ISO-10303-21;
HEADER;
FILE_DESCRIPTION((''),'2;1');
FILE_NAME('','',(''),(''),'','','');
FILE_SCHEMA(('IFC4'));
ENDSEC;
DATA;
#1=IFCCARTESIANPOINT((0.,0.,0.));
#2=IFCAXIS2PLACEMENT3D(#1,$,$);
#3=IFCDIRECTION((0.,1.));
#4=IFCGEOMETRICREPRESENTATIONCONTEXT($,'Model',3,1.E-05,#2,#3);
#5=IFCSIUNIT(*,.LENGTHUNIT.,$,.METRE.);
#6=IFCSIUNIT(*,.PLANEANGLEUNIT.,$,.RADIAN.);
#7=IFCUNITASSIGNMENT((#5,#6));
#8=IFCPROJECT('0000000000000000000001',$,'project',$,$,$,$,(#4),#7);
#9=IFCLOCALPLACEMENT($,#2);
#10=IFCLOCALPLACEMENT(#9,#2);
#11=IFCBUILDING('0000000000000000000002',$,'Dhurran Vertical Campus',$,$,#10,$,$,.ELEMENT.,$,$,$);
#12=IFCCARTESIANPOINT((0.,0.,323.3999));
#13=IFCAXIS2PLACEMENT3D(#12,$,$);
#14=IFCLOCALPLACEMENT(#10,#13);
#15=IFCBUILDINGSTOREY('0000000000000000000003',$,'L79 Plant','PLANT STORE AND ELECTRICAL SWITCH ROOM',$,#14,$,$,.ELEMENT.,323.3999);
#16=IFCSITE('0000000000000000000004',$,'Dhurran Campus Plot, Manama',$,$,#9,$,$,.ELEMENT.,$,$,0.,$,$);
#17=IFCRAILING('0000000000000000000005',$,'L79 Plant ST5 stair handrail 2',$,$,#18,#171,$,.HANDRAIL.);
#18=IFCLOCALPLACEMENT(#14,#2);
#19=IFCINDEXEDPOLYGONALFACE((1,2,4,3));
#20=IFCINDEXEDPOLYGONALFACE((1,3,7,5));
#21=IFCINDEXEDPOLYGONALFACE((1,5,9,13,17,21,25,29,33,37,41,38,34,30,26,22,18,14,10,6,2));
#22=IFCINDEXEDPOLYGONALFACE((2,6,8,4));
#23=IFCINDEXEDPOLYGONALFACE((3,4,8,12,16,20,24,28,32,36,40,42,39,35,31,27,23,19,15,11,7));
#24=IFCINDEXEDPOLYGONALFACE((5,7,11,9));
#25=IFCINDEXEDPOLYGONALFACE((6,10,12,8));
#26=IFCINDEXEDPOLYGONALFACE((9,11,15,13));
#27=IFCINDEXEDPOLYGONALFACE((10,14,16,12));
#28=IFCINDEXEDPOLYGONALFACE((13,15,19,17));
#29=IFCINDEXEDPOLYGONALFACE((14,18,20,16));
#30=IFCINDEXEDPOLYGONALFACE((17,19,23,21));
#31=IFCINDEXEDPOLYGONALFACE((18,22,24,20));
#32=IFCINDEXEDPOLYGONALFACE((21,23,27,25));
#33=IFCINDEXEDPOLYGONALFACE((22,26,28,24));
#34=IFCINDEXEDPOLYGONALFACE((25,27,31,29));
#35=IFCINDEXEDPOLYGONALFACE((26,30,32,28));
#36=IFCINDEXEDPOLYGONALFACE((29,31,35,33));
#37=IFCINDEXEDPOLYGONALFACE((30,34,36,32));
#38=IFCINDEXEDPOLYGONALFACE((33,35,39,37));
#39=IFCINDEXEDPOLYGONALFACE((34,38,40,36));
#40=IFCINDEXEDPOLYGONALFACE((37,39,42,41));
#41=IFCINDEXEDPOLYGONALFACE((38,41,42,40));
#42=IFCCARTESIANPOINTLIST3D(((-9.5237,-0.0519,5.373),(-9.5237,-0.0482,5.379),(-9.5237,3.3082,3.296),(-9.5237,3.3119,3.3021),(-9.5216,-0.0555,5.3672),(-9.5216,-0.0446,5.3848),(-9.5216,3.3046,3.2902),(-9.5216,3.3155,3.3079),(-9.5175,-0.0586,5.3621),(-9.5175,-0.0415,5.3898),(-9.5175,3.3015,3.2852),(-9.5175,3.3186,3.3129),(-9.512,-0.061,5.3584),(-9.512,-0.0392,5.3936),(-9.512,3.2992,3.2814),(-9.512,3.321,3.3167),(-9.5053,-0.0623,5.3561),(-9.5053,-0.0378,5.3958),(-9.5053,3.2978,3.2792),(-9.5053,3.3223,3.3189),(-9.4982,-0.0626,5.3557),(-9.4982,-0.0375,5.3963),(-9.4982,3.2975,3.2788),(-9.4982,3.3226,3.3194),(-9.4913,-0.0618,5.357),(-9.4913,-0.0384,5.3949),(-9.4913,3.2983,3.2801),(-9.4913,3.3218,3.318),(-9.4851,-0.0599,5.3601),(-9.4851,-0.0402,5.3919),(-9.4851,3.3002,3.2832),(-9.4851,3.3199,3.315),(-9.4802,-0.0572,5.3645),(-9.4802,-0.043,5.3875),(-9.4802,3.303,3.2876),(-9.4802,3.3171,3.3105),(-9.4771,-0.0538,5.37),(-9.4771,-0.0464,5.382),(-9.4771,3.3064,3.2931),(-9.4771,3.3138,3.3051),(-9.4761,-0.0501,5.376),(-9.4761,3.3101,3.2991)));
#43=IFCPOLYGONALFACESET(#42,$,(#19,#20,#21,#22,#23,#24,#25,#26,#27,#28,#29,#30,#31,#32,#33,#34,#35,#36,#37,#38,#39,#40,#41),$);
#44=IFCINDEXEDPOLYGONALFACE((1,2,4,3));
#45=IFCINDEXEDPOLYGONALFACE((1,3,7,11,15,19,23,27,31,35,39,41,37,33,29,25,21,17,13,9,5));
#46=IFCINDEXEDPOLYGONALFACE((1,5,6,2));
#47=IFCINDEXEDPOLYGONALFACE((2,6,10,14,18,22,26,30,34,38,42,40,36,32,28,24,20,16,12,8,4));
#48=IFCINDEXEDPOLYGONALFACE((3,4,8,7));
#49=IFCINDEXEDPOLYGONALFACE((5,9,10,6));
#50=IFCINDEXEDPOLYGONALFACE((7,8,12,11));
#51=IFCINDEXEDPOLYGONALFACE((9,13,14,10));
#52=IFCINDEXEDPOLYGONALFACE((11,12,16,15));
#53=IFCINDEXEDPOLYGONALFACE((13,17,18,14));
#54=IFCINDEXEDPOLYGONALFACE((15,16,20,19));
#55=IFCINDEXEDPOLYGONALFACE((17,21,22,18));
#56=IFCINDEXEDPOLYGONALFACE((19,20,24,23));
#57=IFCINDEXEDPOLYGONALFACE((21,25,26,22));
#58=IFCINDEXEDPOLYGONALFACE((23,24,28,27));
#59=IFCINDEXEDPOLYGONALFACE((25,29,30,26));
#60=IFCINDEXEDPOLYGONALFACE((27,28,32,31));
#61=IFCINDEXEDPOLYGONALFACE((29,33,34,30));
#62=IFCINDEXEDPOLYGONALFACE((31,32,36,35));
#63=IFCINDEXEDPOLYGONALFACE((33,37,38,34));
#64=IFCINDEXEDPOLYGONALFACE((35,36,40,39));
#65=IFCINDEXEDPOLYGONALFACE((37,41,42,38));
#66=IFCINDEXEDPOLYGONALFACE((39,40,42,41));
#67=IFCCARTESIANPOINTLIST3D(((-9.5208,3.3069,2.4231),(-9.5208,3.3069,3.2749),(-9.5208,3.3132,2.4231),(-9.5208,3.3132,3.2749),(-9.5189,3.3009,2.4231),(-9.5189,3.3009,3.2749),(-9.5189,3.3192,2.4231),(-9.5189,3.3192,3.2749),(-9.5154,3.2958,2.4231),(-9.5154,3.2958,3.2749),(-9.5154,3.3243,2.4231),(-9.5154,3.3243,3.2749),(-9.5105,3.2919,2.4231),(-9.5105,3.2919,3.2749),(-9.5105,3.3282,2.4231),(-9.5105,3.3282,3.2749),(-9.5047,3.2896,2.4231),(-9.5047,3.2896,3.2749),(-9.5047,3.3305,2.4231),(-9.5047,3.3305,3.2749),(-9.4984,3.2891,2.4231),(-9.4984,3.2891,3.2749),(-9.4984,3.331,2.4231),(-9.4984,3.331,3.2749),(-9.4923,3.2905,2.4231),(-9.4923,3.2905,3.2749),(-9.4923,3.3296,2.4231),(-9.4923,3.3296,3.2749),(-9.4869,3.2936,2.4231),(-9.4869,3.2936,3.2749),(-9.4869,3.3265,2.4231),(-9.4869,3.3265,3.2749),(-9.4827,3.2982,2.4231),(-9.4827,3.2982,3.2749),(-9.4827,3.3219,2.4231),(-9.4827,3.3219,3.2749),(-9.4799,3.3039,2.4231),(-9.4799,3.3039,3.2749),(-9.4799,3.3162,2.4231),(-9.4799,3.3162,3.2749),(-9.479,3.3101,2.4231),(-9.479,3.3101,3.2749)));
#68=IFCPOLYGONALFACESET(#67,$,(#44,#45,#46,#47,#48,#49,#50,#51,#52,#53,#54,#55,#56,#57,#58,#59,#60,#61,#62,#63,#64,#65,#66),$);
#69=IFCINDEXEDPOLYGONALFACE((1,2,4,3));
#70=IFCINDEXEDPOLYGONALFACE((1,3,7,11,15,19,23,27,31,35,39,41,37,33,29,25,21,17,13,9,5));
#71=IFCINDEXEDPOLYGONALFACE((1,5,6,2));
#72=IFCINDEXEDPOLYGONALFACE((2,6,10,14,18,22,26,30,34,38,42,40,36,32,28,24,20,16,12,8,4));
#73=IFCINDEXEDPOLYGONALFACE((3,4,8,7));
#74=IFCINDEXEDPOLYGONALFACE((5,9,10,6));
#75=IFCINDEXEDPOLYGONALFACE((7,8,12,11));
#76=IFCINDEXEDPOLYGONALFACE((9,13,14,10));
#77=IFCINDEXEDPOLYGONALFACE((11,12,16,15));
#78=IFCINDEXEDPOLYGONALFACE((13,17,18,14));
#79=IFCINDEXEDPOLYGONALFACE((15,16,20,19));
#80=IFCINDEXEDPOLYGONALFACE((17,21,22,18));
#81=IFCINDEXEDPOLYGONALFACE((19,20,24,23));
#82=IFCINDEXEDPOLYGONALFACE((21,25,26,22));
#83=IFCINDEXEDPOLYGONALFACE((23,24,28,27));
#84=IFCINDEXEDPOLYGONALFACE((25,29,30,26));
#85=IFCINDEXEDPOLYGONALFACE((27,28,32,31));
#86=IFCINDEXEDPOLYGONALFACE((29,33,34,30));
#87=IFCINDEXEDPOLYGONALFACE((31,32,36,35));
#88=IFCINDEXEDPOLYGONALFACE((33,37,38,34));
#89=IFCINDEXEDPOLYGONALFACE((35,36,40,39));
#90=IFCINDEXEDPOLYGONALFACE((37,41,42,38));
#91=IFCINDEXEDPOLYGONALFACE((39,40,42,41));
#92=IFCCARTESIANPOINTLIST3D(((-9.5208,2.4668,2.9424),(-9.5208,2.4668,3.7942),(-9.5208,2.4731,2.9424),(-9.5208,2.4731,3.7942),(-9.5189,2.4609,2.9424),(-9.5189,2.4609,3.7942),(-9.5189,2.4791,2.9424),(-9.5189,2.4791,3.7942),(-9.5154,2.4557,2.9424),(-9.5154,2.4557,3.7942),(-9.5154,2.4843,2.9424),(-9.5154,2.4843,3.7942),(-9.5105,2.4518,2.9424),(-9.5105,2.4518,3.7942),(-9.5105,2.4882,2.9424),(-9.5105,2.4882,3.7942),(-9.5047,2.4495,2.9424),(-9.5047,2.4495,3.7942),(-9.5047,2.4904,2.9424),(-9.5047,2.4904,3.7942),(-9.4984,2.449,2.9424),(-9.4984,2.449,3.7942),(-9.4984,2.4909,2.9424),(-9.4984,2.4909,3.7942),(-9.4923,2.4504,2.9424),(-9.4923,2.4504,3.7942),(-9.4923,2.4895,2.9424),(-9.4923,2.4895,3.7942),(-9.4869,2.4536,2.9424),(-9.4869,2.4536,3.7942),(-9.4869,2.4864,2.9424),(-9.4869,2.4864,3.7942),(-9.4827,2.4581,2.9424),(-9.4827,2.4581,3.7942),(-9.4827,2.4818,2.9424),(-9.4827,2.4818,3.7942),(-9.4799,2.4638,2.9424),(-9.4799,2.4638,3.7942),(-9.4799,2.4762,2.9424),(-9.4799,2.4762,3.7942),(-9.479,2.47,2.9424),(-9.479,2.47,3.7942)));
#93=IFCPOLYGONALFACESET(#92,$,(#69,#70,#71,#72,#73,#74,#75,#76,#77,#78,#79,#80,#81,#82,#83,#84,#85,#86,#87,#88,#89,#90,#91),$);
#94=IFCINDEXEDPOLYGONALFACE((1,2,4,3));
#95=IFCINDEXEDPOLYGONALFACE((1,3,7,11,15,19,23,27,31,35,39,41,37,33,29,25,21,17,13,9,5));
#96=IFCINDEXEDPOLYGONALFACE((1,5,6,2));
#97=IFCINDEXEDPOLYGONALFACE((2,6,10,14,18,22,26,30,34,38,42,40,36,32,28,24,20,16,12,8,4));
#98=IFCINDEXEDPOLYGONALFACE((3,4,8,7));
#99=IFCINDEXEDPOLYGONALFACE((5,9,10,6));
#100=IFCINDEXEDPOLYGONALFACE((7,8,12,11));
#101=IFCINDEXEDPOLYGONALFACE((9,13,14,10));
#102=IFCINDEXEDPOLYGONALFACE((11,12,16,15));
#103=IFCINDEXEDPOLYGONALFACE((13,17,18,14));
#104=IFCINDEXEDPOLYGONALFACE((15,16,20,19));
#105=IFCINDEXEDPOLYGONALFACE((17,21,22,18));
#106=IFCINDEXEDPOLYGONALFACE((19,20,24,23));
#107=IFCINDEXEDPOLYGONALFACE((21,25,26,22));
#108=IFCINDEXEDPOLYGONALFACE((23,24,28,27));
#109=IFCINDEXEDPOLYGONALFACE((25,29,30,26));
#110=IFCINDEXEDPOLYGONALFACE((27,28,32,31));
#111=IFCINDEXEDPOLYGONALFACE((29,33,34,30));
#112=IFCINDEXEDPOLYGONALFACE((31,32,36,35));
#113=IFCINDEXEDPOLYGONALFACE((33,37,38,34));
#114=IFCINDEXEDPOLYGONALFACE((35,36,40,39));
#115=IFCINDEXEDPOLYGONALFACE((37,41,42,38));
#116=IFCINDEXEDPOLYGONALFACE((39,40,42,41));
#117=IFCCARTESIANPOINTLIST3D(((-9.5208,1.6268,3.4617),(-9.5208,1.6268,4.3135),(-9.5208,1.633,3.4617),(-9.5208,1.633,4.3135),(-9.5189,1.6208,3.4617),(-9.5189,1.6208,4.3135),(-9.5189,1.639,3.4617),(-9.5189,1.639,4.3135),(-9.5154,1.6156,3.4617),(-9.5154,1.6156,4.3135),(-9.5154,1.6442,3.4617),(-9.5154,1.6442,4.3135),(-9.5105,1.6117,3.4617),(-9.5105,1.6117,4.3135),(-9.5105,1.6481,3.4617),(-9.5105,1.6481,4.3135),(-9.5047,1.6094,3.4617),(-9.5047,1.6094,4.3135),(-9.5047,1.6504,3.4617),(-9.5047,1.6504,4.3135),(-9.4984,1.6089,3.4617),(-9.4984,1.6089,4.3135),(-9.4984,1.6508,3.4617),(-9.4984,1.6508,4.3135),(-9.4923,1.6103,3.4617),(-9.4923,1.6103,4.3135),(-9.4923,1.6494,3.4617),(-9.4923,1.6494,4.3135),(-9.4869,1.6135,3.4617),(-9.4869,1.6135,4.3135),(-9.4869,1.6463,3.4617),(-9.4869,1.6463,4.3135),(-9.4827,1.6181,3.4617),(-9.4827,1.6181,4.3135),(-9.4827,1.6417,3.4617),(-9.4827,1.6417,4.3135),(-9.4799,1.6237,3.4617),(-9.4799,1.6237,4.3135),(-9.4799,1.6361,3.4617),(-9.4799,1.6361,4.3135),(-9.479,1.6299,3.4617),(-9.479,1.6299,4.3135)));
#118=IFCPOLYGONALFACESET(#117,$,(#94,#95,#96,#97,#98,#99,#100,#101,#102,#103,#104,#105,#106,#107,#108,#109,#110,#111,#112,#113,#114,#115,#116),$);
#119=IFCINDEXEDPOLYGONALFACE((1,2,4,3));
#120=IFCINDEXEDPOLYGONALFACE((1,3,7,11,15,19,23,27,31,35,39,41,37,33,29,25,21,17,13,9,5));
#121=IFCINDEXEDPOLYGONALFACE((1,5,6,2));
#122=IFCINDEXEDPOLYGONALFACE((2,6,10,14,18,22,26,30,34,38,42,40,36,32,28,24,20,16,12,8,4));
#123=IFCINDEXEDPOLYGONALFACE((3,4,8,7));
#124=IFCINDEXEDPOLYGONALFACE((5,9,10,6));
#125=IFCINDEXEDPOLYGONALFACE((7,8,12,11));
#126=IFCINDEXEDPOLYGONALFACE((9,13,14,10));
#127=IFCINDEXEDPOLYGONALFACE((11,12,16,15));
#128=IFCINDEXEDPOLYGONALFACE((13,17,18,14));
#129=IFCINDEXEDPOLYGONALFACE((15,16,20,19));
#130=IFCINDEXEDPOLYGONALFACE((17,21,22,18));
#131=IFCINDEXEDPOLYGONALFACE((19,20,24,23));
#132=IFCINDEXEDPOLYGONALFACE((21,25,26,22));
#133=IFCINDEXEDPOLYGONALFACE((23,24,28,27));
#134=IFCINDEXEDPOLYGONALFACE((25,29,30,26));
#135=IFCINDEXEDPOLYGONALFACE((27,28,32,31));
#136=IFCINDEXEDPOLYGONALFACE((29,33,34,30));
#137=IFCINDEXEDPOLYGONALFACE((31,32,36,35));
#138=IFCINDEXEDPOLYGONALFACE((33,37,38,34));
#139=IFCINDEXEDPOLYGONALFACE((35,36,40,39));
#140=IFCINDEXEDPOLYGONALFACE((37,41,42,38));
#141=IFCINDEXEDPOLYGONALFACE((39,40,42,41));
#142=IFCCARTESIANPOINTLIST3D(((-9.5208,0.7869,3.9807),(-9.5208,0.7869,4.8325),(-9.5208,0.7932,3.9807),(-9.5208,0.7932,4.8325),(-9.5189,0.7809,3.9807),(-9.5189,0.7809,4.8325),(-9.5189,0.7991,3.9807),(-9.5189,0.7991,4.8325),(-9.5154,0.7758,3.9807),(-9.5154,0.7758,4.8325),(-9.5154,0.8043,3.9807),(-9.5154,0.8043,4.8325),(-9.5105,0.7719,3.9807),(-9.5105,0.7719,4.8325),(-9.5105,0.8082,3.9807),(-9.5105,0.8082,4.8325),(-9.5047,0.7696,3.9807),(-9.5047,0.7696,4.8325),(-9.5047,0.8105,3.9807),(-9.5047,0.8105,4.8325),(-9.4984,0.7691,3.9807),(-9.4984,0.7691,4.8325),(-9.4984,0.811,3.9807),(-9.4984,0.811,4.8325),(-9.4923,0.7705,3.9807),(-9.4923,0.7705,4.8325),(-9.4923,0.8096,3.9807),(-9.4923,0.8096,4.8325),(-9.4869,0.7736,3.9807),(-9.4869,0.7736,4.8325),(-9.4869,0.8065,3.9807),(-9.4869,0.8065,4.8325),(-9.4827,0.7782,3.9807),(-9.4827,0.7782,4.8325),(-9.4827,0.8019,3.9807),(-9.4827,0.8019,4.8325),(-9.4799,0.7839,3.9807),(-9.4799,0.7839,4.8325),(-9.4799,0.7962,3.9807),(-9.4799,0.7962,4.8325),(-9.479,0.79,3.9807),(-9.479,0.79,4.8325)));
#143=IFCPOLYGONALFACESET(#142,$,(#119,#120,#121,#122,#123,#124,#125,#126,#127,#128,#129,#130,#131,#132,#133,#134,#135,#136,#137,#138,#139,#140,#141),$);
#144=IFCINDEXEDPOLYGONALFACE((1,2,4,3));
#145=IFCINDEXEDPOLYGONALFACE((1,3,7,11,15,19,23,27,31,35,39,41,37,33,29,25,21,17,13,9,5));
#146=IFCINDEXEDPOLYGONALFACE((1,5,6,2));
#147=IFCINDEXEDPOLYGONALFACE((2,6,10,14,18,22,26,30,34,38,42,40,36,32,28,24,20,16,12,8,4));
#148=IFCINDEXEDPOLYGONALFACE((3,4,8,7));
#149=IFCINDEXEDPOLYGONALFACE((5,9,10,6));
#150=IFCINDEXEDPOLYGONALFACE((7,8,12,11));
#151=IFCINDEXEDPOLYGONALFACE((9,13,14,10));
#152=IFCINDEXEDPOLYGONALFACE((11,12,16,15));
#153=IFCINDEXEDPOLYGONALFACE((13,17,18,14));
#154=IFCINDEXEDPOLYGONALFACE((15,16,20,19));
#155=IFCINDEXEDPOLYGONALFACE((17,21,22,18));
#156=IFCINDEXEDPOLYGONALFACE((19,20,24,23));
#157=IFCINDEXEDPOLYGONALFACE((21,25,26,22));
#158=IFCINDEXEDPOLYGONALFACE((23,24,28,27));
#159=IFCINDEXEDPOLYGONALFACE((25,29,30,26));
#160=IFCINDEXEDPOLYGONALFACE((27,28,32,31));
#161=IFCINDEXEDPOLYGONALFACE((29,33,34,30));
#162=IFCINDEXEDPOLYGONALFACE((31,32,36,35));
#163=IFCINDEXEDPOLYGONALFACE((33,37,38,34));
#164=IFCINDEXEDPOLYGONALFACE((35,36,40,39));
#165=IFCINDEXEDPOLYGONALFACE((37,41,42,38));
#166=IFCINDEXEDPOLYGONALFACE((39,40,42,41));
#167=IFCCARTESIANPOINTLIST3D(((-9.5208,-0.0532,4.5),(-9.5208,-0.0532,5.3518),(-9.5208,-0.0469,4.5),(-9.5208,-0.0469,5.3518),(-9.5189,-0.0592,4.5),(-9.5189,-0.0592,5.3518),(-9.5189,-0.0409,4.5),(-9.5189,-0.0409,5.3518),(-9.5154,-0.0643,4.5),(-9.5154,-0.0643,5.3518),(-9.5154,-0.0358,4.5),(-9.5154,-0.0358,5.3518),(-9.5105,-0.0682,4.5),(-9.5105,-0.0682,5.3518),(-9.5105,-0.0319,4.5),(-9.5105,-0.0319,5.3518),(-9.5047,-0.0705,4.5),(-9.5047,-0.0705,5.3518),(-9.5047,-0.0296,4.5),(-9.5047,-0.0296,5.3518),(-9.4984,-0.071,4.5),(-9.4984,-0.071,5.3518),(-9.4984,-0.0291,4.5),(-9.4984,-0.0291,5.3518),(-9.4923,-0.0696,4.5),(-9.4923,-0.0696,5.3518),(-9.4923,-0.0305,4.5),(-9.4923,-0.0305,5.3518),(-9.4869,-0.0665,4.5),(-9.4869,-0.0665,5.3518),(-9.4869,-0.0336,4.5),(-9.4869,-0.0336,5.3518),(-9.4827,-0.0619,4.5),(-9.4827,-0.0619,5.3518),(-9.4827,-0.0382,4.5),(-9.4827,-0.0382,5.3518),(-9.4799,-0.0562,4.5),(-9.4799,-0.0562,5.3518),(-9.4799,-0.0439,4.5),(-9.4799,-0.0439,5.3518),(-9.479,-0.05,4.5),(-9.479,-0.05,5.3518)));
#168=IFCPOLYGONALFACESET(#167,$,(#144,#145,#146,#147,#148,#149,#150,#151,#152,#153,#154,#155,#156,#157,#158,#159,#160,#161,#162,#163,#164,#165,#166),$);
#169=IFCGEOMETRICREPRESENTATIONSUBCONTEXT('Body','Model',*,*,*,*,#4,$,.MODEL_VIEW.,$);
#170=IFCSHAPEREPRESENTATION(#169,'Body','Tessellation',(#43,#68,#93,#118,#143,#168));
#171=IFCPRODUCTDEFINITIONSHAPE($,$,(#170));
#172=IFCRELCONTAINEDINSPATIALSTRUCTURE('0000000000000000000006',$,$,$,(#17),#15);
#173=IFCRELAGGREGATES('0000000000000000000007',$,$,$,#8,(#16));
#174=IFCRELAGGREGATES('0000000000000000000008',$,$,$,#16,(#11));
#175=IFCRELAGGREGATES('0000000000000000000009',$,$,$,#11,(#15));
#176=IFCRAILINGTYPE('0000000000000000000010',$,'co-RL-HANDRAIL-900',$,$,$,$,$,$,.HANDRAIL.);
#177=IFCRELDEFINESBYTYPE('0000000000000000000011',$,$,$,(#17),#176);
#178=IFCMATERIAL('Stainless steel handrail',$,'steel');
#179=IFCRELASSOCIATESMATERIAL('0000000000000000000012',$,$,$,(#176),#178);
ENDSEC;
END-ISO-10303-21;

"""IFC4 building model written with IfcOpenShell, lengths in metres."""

from ifc_helpers import new_model, si_unit, direction, frame, origin, origin_2d, place, context, subcontext, project, spatial, circle, extrude, material, type_object, element, save


model = new_model("IFC4")

# Units and contexts
model_context = context("Model", 3, precision=1e-05, world=origin(), true_north=direction((0.0, 1.0)))
body_context = subcontext(model_context, "Body", "Model", "MODEL_VIEW")
ifc_project = project(units=[si_unit("LENGTHUNIT", "METRE"), si_unit("PLANEANGLEUNIT", "RADIAN")], contexts=[model_context])

# Site, building, storey
site_placement = place(None, origin())
site = spatial("IfcSite", under=ifc_project, at=site_placement, Name="Dhurran Campus Plot, Manama", CompositionType="ELEMENT", RefElevation=0.0)
building_placement = place(site_placement, origin())
building = spatial("IfcBuilding", under=site, at=building_placement, Name="Dhurran Vertical Campus", CompositionType="ELEMENT")
storey_placement = place(building_placement, frame((0.0, 0.0, 323.3999)))
storey = spatial("IfcBuildingStorey", under=building, at=storey_placement, Name="L79 Plant", Description="PLANT STORE AND ELECTRICAL SWITCH ROOM", CompositionType="ELEMENT", Elevation=323.3999)

# Railing
ifc_material_1 = material(Name="Stainless steel handrail", Category="steel")
railing_type = type_object("IfcRailingType", Name="co-RL-HANDRAIL-900", PredefinedType="HANDRAIL", material=ifc_material_1)
railing_placement = place(storey_placement, frame((-9.5, 3.3101, 2.4231)))
element("IfcRailing", 1, at=railing_placement, inside=storey, type_object=railing_type, Name="L79 Plant ST5 stair handrail 2", PredefinedType="HANDRAIL", context=body_context, shape_type="SweptSolid", body=[
    extrude(circle(Radius=0.0239, at=origin_2d()), frame((0.0, 0.0, 0.876), z_axis=(0.0, -0.850623, 0.525776), x_axis=(1.0, 0.0, 0.0)), (0.0, 0.0, 1.0), 3.9502),
    extrude(circle(Radius=0.021, at=origin_2d()), origin(), (0.0, 0.0, 1.0), 0.8518),
    extrude(circle(Radius=0.021, at=origin_2d()), frame((0.0, -0.8401, 0.5193)), (0.0, 0.0, 1.0), 0.8518),
    extrude(circle(Radius=0.021, at=origin_2d()), frame((0.0, -1.6802, 1.0386)), (0.0, 0.0, 1.0), 0.8518),
    extrude(circle(Radius=0.021, at=origin_2d()), frame((0.0, -2.52, 1.5576)), (0.0, 0.0, 1.0), 0.8518),
    extrude(circle(Radius=0.021, at=origin_2d()), frame((0.0, -3.3601, 2.0769)), (0.0, 0.0, 1.0), 0.8518),
])

save(model, "model.ifc")
